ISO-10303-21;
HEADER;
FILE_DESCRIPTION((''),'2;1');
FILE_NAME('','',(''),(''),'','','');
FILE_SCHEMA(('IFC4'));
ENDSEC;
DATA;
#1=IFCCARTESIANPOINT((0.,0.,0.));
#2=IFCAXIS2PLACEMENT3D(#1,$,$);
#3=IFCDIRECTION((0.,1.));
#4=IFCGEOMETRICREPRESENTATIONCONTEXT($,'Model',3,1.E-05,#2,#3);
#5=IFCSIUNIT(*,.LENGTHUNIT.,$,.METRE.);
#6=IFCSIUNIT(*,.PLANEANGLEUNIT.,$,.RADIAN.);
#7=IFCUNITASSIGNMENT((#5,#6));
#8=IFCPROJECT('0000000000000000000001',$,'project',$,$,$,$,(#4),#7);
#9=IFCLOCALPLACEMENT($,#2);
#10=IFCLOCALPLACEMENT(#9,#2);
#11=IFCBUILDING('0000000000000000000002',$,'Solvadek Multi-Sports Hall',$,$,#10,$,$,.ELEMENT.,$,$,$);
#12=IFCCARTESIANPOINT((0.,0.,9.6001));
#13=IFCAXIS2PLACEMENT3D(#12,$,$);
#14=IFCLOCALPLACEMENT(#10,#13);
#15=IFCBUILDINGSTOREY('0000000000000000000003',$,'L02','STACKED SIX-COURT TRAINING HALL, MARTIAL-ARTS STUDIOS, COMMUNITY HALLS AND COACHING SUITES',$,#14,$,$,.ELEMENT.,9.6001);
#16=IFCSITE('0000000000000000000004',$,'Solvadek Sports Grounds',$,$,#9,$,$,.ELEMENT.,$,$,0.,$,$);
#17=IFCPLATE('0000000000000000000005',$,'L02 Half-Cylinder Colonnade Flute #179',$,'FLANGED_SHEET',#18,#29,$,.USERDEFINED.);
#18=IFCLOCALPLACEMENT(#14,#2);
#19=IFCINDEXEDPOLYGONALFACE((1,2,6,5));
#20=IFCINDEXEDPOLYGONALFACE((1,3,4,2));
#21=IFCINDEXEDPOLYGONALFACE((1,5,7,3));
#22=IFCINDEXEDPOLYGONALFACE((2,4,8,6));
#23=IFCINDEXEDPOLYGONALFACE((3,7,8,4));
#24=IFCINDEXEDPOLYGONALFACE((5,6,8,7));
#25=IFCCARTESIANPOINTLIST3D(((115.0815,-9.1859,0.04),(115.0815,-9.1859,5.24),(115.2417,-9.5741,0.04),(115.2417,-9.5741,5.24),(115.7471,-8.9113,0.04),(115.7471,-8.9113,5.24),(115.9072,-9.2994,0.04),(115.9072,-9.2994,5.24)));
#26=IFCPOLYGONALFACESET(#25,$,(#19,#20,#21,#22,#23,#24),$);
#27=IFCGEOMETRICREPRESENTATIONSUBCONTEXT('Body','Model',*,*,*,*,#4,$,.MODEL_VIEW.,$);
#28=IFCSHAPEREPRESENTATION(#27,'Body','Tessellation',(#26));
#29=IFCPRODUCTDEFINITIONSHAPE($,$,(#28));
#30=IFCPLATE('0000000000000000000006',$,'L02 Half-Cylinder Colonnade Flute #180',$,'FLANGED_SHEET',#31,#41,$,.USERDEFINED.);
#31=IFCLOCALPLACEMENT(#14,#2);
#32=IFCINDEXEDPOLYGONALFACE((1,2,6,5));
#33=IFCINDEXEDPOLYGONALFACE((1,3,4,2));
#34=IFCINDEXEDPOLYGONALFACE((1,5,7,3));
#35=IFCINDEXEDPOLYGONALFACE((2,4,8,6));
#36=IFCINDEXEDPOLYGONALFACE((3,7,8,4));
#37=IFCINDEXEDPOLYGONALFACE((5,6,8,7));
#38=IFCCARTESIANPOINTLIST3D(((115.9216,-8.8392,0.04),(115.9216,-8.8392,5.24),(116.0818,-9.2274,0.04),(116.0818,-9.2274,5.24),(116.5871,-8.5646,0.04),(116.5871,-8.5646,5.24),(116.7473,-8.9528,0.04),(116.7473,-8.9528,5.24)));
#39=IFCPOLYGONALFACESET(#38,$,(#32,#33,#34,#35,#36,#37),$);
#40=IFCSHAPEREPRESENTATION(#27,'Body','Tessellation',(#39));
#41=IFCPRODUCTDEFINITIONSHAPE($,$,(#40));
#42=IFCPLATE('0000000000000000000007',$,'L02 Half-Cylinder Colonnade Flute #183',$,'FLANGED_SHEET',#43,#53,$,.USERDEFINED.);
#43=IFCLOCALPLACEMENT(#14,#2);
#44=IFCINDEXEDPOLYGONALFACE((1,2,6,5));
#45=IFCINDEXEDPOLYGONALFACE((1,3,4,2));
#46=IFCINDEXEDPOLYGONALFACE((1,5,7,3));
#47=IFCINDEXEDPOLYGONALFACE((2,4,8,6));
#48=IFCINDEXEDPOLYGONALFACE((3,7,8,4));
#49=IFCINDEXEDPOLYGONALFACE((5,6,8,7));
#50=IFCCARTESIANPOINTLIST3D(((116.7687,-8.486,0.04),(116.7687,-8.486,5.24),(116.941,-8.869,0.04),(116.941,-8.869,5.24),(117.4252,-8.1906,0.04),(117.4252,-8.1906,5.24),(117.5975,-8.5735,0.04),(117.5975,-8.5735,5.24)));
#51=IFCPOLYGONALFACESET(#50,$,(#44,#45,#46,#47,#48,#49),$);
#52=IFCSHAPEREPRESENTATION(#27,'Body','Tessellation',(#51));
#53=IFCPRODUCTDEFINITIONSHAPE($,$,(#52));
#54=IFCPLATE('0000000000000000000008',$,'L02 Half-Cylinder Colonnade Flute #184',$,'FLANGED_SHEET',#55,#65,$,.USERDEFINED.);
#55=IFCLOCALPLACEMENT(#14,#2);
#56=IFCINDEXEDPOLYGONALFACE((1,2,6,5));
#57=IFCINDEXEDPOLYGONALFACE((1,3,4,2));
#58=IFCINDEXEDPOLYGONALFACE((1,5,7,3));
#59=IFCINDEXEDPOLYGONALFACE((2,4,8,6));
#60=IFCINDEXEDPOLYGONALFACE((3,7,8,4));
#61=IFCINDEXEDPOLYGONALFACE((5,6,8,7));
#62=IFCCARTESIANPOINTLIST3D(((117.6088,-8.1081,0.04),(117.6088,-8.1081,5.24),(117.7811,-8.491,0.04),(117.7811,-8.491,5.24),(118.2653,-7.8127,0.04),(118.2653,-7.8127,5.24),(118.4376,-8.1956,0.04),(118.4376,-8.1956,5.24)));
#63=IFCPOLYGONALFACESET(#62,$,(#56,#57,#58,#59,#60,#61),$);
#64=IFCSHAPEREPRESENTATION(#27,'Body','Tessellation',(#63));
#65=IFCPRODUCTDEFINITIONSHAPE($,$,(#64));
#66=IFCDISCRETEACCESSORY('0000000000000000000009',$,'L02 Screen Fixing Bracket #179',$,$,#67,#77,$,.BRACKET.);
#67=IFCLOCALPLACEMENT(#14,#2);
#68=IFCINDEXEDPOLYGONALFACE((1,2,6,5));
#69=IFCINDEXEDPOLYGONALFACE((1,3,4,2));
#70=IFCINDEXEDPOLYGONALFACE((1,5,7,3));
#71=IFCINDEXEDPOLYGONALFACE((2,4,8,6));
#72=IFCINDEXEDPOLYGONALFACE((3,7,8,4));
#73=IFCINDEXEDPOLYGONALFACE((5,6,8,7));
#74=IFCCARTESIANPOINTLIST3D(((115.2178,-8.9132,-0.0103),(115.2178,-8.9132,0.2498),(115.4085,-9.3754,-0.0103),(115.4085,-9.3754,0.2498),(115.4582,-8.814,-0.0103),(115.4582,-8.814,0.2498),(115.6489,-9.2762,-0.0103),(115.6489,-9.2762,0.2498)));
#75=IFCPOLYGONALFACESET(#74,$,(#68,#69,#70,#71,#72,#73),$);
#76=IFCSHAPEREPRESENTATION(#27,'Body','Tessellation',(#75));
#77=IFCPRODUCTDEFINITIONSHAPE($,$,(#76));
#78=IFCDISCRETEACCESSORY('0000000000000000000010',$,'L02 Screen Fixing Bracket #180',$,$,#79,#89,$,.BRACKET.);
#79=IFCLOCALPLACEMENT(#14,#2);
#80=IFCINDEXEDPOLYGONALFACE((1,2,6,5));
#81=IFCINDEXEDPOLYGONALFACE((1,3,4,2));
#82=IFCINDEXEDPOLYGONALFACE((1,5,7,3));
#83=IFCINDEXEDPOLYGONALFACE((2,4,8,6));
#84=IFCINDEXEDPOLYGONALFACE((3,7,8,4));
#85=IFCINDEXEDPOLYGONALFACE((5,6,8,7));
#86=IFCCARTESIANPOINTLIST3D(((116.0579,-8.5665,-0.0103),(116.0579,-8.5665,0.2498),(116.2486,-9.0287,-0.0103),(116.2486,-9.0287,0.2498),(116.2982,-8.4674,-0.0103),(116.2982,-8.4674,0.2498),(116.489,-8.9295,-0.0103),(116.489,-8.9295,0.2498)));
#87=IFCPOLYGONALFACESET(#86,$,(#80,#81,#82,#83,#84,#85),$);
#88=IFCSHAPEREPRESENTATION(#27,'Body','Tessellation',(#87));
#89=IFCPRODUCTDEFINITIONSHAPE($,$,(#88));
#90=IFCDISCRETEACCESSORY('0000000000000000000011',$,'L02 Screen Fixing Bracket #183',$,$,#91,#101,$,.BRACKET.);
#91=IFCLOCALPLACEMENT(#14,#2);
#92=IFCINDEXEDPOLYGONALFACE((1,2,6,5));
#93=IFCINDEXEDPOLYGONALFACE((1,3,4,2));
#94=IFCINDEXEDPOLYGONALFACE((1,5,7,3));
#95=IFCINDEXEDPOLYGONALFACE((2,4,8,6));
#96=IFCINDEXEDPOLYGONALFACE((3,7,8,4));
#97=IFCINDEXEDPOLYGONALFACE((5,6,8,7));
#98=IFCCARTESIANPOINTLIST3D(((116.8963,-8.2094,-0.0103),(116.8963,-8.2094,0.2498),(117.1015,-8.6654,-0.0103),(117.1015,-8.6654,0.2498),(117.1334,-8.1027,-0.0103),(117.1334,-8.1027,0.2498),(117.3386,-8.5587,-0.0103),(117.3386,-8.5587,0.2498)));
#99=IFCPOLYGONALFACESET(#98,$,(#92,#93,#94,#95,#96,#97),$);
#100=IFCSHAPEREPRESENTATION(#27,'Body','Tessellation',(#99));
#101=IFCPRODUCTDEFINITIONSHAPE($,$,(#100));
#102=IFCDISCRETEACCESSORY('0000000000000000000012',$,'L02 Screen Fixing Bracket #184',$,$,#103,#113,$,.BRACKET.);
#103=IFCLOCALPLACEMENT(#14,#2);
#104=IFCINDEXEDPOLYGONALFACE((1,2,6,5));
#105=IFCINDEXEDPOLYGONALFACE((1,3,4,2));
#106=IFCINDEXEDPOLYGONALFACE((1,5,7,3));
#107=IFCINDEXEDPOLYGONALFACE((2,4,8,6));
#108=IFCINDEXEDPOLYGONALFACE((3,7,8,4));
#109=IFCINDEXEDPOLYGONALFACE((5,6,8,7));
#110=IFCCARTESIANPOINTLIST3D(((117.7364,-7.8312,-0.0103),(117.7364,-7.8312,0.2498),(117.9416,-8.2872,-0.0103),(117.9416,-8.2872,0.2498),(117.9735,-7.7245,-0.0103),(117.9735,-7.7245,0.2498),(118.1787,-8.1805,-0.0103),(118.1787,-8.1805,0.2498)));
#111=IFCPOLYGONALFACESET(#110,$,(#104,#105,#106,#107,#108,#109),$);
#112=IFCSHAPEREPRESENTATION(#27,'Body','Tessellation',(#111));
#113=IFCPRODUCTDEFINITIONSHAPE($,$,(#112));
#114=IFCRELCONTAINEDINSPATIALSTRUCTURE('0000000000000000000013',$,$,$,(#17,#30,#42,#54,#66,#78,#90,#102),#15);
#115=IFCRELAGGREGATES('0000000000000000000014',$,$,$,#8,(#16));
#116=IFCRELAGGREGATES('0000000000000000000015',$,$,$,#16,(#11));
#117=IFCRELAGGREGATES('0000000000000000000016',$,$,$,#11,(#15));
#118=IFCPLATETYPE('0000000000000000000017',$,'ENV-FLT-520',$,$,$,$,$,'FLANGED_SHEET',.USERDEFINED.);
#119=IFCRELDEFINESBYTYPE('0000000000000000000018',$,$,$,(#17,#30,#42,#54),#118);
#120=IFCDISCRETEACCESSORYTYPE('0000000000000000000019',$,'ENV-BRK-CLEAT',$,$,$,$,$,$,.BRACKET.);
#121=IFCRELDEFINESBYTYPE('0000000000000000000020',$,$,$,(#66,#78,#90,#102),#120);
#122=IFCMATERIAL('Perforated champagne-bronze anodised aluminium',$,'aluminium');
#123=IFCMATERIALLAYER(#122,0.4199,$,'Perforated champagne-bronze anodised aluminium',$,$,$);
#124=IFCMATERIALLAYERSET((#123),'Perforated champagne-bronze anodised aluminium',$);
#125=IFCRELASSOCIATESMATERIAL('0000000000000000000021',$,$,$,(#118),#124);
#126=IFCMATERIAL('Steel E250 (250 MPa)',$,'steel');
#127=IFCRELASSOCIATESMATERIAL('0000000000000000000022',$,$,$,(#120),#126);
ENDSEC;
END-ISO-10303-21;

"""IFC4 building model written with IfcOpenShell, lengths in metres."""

from ifc_helpers import new_model, si_unit, direction, frame, origin, origin_2d, place, context, subcontext, project, spatial, rectangle, extrude, material, layer, layer_set, type_object, element, save


model = new_model("IFC4")

# Units and contexts
model_context = context("Model", 3, precision=1e-05, world=origin(), true_north=direction((0.0, 1.0)))
body_context = subcontext(model_context, "Body", "Model", "MODEL_VIEW")
ifc_project = project(units=[si_unit("LENGTHUNIT", "METRE"), si_unit("PLANEANGLEUNIT", "RADIAN")], contexts=[model_context])

# Site, building, storey
site_placement = place(None, origin())
site = spatial("IfcSite", under=ifc_project, at=site_placement, Name="Solvadek Sports Grounds", CompositionType="ELEMENT", RefElevation=0.0)
building_placement = place(site_placement, origin())
building = spatial("IfcBuilding", under=site, at=building_placement, Name="Solvadek Multi-Sports Hall", CompositionType="ELEMENT")
storey_placement = place(building_placement, frame((0.0, 0.0, 9.6001)))
storey = spatial("IfcBuildingStorey", under=building, at=storey_placement, Name="L02", Description="STACKED SIX-COURT TRAINING HALL, MARTIAL-ARTS STUDIOS, COMMUNITY HALLS AND COACHING SUITES", CompositionType="ELEMENT", Elevation=9.6001)

# Shared definitions
ifc_material_1 = material(Name="Steel E250 (250 MPa)", Category="steel")

# Plates
ifc_material_2 = material(Name="Perforated champagne-bronze anodised aluminium", Category="aluminium")
ifc_layer_1 = layer(ifc_material_2, 0.4199, Name="Perforated champagne-bronze anodised aluminium")
ifc_layer_set_1 = layer_set([ifc_layer_1], Name="Perforated champagne-bronze anodised aluminium")
plate_type_1 = type_object("IfcPlateType", Name="ENV-FLT-520", ElementType="FLANGED_SHEET", PredefinedType="USERDEFINED", material=ifc_layer_set_1)
for number, where, z_axis, x_axis, name in (
    (1, (115.4944, -9.2427, 0.04), (0.0, 0.0, 1.0), (0.92438, 0.381472, 0.0), "L02 Half-Cylinder Colonnade Flute #179"),
    (2, (116.3345, -8.896, 0.04), (0.0, 0.0, 1.0), (0.92438, 0.381472, 0.0), "L02 Half-Cylinder Colonnade Flute #180"),
    (3, (117.1831, -8.5298, 0.04), (0.0, 0.0, 1.0), (0.911922, 0.410365, 0.0), "L02 Half-Cylinder Colonnade Flute #183"),
    (4, (118.0232, -8.1519, 0.04), (0.0, 0.0, 1.0), (0.911922, 0.410365, 0.0), "L02 Half-Cylinder Colonnade Flute #184"),
):
    element("IfcPlate", number, at=place(storey_placement, frame(where, z_axis=z_axis, x_axis=x_axis)), inside=storey, type_object=plate_type_1, Name=name, ObjectType="FLANGED_SHEET", PredefinedType="USERDEFINED", context=body_context, shape_type="SweptSolid", body=[
        extrude(rectangle(XDim=0.72, YDim=0.4199, at=origin_2d()), origin(), (0.0, 0.0, 1.0), 5.2),
    ])

# Discrete accessories
discrete_accessory_type = type_object("IfcDiscreteAccessoryType", Name="ENV-BRK-CLEAT", PredefinedType="BRACKET", material=ifc_material_1)
for number, where, z_axis, x_axis, name in (
    (5, (115.4333, -9.0947, -0.0103), (0.0, 0.0, 1.0), (0.92438, 0.381472, 0.0), "L02 Screen Fixing Bracket #179"),
    (6, (116.2734, -8.748, -0.0103), (0.0, 0.0, 1.0), (0.92438, 0.381472, 0.0), "L02 Screen Fixing Bracket #180"),
    (7, (117.1174, -8.384, -0.0103), (0.0, 0.0, 1.0), (0.911922, 0.410365, 0.0), "L02 Screen Fixing Bracket #183"),
    (8, (117.9575, -8.0059, -0.0103), (0.0, 0.0, 1.0), (0.911922, 0.410365, 0.0), "L02 Screen Fixing Bracket #184"),
):
    element("IfcDiscreteAccessory", number, at=place(storey_placement, frame(where, z_axis=z_axis, x_axis=x_axis)), inside=storey, type_object=discrete_accessory_type, Name=name, PredefinedType="BRACKET", context=body_context, shape_type="SweptSolid", body=[
        extrude(rectangle(XDim=0.26, YDim=0.5, at=origin_2d()), origin(), (0.0, 0.0, 1.0), 0.26),
    ])

save(model, "model.ifc")
